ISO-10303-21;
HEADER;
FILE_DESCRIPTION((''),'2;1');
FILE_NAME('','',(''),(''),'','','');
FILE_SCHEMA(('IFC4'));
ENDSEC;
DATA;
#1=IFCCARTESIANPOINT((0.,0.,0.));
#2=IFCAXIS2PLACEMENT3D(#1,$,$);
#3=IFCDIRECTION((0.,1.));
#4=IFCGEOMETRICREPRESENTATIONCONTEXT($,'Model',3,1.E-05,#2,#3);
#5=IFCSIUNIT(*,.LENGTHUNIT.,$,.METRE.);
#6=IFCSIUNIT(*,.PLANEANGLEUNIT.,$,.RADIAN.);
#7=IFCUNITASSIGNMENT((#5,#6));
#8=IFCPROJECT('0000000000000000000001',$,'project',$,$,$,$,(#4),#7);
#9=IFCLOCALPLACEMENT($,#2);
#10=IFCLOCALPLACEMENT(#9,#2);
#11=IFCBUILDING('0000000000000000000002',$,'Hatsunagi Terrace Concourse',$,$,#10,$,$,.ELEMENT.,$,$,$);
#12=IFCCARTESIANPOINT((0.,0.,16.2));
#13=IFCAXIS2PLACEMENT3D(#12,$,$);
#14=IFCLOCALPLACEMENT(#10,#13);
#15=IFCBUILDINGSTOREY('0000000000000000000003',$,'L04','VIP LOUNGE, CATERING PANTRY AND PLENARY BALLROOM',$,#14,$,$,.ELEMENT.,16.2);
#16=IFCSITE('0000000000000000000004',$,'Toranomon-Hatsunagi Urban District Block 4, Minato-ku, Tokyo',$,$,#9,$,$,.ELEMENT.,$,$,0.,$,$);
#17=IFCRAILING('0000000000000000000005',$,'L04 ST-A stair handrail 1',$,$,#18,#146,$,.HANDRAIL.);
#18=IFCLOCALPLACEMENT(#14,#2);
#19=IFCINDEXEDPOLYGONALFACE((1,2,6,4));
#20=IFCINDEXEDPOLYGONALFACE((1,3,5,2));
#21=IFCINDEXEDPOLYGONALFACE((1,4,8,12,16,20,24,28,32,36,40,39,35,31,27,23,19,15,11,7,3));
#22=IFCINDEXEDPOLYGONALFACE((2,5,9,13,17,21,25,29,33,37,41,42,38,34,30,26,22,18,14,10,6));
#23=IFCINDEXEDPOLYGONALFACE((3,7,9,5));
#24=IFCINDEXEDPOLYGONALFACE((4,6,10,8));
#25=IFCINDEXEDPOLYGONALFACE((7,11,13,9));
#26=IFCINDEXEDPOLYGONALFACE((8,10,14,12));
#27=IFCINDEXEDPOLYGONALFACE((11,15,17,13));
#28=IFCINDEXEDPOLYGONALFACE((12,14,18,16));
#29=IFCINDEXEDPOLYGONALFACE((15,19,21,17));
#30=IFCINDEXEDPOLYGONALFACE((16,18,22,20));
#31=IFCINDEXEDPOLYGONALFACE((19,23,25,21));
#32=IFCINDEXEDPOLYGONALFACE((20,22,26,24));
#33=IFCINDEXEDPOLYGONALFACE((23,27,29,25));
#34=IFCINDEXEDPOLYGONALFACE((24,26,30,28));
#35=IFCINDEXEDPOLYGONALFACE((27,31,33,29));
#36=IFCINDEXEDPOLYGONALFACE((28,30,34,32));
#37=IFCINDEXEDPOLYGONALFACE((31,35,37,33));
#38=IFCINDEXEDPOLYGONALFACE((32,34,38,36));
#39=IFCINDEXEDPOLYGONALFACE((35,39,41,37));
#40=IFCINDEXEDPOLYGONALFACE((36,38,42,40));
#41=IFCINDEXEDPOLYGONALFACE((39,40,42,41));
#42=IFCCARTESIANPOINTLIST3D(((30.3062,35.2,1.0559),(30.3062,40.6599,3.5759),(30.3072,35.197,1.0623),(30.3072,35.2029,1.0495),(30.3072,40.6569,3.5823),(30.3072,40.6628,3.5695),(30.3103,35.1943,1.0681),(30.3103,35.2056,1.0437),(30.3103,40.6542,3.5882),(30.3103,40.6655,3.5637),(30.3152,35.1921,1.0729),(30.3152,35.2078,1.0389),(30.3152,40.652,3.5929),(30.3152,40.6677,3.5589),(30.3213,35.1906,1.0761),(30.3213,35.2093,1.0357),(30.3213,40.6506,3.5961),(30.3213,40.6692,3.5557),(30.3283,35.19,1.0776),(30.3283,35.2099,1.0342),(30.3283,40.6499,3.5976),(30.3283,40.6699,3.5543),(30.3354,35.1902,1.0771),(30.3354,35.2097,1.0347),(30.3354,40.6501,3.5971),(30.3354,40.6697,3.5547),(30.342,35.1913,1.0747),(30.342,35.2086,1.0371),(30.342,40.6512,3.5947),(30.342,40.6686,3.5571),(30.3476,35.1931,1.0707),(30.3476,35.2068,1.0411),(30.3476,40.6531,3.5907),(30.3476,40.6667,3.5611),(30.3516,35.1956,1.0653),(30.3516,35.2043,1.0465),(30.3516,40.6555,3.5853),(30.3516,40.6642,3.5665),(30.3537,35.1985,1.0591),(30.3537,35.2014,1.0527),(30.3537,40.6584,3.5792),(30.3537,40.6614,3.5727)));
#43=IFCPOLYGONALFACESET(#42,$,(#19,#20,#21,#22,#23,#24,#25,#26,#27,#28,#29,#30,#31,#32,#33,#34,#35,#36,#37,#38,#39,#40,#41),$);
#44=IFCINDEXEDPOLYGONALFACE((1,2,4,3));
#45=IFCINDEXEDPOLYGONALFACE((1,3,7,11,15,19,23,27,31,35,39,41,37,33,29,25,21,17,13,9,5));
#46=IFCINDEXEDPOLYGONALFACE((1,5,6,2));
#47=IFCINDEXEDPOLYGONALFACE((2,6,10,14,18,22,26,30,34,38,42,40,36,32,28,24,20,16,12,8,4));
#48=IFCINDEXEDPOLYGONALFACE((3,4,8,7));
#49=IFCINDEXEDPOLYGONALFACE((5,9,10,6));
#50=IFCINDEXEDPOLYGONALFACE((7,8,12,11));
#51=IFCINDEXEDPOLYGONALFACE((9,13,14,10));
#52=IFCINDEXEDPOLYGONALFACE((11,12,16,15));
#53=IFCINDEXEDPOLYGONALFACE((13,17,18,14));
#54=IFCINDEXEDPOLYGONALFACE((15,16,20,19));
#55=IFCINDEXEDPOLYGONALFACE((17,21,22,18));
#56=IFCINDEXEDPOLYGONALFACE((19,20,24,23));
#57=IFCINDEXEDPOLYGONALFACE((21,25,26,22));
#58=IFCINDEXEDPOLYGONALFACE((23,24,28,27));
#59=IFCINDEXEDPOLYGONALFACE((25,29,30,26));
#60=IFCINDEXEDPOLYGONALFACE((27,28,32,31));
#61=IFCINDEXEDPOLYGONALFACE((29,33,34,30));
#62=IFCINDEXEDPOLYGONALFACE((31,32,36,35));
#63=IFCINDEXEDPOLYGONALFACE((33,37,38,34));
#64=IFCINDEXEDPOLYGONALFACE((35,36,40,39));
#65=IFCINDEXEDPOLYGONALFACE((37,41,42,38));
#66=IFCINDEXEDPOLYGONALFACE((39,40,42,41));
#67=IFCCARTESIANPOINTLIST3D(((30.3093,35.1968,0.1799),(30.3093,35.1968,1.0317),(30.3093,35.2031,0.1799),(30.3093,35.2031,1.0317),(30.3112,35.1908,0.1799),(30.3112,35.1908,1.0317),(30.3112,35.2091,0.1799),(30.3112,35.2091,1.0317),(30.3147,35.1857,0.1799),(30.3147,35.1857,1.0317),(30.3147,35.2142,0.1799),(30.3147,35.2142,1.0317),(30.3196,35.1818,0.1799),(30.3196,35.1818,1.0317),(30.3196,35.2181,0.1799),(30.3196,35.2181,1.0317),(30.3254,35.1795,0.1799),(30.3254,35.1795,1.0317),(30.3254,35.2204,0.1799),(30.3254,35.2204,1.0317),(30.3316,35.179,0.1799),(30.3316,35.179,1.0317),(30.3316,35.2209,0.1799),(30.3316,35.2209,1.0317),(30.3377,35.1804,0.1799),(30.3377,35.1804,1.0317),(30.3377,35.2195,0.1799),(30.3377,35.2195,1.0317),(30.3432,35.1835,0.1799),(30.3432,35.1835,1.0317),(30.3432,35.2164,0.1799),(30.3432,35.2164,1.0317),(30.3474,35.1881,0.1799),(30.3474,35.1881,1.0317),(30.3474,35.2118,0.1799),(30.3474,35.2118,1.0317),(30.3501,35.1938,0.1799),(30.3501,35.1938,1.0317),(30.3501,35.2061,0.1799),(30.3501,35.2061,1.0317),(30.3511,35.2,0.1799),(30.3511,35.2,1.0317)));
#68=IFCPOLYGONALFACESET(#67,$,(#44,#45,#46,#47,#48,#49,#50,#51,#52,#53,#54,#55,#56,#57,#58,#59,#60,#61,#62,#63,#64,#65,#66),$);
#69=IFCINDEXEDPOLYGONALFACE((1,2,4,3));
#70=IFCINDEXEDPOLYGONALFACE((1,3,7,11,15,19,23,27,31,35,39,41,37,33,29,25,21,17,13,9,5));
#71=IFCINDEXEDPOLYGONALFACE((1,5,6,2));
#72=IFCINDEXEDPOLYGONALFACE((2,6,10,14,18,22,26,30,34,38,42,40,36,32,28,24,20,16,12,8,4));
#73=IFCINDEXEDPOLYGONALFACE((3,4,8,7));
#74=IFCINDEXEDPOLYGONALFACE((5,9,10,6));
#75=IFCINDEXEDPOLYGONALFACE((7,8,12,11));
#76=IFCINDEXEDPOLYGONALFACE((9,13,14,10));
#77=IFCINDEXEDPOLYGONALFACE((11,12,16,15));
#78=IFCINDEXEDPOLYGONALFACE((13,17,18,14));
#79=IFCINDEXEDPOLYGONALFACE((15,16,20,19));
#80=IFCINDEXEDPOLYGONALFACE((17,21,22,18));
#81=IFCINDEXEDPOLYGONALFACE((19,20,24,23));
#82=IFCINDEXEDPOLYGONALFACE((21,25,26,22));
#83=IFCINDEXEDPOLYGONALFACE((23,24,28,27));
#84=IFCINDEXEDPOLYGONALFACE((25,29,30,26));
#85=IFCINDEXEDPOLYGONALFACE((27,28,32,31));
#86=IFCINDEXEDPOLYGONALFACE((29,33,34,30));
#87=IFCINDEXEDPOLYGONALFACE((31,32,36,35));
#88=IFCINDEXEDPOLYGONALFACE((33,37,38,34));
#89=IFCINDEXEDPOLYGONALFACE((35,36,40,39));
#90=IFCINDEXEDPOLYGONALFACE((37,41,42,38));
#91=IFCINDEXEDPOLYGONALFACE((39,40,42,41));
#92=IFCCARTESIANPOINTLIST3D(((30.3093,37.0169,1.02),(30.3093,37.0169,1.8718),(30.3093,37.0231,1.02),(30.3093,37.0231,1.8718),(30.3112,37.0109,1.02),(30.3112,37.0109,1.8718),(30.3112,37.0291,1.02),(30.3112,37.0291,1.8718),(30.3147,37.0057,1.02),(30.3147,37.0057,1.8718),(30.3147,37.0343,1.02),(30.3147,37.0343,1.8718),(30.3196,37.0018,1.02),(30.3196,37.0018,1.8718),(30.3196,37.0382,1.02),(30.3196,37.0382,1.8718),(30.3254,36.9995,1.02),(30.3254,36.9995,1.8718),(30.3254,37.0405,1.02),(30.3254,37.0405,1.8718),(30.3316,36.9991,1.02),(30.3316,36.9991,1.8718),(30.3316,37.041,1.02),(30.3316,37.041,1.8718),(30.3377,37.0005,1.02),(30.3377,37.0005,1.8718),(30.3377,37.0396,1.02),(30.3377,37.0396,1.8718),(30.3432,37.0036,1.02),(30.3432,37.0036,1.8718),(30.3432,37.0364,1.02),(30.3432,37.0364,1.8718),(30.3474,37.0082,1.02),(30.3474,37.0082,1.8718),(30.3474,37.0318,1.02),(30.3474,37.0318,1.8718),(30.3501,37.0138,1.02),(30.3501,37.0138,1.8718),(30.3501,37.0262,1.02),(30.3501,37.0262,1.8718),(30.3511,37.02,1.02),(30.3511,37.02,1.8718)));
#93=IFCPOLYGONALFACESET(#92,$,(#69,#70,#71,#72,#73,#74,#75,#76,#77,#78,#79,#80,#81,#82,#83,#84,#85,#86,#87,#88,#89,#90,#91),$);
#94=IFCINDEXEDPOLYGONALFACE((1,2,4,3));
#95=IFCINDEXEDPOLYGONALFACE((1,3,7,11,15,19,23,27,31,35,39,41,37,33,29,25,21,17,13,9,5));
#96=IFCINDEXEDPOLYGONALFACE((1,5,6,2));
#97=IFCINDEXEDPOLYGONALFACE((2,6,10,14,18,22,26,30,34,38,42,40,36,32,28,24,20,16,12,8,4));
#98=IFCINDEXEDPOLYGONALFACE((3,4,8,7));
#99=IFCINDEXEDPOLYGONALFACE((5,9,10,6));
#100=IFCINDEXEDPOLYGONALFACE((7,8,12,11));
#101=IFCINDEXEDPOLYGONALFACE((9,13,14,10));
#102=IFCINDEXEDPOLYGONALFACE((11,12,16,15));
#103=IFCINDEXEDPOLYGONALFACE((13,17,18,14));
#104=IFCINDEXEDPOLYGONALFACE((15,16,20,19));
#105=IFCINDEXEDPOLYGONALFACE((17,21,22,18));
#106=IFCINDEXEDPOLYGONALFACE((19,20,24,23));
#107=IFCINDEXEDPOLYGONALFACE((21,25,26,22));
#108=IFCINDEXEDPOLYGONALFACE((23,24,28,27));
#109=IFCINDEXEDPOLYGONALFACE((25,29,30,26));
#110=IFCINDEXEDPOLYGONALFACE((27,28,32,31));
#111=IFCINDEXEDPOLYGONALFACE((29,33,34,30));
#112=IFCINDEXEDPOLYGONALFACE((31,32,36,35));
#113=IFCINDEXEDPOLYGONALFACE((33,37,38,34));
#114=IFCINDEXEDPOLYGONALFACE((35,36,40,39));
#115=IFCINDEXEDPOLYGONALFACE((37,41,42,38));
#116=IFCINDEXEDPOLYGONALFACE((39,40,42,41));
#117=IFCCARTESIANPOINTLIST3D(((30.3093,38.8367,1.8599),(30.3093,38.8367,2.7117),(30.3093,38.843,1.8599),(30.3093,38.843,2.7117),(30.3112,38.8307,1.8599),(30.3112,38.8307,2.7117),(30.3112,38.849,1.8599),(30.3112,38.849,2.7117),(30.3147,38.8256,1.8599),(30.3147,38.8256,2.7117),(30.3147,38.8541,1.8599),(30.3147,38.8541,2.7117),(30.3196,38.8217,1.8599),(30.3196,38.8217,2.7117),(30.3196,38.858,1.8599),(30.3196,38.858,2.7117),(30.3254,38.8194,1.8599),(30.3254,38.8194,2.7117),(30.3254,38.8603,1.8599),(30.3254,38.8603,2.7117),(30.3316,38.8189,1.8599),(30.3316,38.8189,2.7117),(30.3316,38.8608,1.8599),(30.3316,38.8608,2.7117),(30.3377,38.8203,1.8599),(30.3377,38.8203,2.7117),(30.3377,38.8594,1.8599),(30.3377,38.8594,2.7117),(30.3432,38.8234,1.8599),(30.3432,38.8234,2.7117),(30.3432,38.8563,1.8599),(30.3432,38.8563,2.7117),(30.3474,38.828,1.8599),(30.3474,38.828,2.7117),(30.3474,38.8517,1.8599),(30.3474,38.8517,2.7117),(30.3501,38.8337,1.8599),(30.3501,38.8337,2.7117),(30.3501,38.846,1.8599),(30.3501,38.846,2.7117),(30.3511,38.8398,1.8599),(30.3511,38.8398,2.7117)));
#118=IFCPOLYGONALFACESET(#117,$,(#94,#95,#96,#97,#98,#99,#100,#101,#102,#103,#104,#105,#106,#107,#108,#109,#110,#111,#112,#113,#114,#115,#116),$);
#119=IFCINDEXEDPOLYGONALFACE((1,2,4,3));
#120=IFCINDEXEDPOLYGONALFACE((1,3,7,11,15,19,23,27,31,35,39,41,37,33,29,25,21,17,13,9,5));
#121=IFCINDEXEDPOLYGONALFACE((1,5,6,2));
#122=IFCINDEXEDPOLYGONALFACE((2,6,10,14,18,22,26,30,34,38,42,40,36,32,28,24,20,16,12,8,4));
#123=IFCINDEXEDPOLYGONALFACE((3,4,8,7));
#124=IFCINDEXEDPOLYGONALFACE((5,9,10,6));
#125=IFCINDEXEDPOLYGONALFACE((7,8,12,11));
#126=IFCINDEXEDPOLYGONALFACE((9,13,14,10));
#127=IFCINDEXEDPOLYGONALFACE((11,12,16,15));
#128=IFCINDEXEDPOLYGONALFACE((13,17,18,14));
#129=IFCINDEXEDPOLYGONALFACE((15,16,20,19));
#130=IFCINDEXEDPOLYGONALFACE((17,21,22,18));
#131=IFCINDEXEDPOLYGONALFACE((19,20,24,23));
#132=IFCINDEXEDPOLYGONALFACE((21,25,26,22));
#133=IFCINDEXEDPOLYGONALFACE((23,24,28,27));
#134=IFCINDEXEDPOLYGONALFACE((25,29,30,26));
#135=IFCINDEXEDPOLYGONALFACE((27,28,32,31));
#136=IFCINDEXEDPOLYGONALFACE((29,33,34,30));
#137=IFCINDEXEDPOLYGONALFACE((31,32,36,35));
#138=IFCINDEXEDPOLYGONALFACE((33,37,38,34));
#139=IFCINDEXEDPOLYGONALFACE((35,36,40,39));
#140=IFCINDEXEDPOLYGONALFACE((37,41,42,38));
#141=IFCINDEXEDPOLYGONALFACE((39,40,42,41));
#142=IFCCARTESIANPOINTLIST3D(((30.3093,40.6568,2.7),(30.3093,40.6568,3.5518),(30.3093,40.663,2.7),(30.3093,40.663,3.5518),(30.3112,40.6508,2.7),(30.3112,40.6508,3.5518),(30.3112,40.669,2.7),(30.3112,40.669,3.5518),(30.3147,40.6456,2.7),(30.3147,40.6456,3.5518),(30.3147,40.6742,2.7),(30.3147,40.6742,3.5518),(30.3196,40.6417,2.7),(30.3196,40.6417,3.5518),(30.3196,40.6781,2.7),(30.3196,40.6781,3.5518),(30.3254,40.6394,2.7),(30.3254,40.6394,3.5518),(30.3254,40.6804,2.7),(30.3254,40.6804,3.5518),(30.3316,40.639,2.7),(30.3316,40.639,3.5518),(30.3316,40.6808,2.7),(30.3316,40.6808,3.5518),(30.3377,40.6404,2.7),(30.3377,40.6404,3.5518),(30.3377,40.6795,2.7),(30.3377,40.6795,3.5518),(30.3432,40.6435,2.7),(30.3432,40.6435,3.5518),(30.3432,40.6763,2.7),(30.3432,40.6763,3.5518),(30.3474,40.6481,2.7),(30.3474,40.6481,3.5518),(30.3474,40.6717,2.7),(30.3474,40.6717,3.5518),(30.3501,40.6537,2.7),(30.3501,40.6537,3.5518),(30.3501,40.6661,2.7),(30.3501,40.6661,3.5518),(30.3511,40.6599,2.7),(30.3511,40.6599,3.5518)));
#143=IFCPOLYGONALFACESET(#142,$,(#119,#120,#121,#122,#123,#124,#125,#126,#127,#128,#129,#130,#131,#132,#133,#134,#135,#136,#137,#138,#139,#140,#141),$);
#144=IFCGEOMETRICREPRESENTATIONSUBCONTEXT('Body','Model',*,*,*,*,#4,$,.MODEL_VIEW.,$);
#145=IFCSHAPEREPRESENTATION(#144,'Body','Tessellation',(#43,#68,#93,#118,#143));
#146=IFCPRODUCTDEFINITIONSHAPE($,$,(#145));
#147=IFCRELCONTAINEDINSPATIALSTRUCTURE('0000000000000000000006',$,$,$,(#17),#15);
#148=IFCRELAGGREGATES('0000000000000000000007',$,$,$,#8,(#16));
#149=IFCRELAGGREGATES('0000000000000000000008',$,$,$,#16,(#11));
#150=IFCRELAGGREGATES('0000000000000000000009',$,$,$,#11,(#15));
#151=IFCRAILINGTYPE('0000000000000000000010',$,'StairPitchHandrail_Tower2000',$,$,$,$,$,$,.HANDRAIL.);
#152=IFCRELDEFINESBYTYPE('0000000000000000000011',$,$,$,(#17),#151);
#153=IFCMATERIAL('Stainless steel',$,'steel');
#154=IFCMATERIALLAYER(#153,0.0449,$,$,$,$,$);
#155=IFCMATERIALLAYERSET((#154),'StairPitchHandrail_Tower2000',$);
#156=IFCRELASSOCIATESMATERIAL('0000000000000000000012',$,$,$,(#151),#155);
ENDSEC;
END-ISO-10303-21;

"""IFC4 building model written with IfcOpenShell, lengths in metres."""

from ifc_helpers import new_model, si_unit, direction, frame, origin, origin_2d, place, context, subcontext, project, spatial, circle, extrude, material, layer, layer_set, type_object, element, save


model = new_model("IFC4")

# Units and contexts
model_context = context("Model", 3, precision=1e-05, world=origin(), true_north=direction((0.0, 1.0)))
body_context = subcontext(model_context, "Body", "Model", "MODEL_VIEW")
ifc_project = project(units=[si_unit("LENGTHUNIT", "METRE"), si_unit("PLANEANGLEUNIT", "RADIAN")], contexts=[model_context])

# Site, building, storey
site_placement = place(None, origin())
site = spatial("IfcSite", under=ifc_project, at=site_placement, Name="Toranomon-Hatsunagi Urban District Block 4, Minato-ku, Tokyo", CompositionType="ELEMENT", RefElevation=0.0)
building_placement = place(site_placement, origin())
building = spatial("IfcBuilding", under=site, at=building_placement, Name="Hatsunagi Terrace Concourse", CompositionType="ELEMENT")
storey_placement = place(building_placement, frame((0.0, 0.0, 16.2)))
storey = spatial("IfcBuildingStorey", under=building, at=storey_placement, Name="L04", Description="VIP LOUNGE, CATERING PANTRY AND PLENARY BALLROOM", CompositionType="ELEMENT", Elevation=16.2)

# Railing
ifc_material_1 = material(Name="Stainless steel", Category="steel")
ifc_layer_1 = layer(ifc_material_1, 0.0449)
ifc_layer_set_1 = layer_set([ifc_layer_1], Name="StairPitchHandrail_Tower2000")
railing_type_1 = type_object("IfcRailingType", Name="StairPitchHandrail_Tower2000", PredefinedType="HANDRAIL", material=ifc_layer_set_1)
railing_1_placement = place(storey_placement, frame((30.3301, 35.2, 0.1799)))
element("IfcRailing", 1, at=railing_1_placement, inside=storey, type_object=railing_type_1, Name="L04 ST-A stair handrail 1", PredefinedType="HANDRAIL", context=body_context, shape_type="SweptSolid", body=[
    extrude(circle(Radius=0.0239, at=origin_2d()), frame((0.0, 0.0, 0.876), z_axis=(0.0, 0.907957, 0.419063), x_axis=(-1.0, 0.0, 0.0)), (0.0, 0.0, 1.0), 6.0134),
    extrude(circle(Radius=0.021, at=origin_2d()), origin(), (0.0, 0.0, 1.0), 0.8518),
    extrude(circle(Radius=0.021, at=origin_2d()), frame((0.0, 1.8201, 0.8401)), (0.0, 0.0, 1.0), 0.8518),
    extrude(circle(Radius=0.021, at=origin_2d()), frame((0.0, 3.6399, 1.6799)), (0.0, 0.0, 1.0), 0.8518),
    extrude(circle(Radius=0.021, at=origin_2d()), frame((0.0, 5.46, 2.52)), (0.0, 0.0, 1.0), 0.8518),
])

save(model, "model.ifc")
